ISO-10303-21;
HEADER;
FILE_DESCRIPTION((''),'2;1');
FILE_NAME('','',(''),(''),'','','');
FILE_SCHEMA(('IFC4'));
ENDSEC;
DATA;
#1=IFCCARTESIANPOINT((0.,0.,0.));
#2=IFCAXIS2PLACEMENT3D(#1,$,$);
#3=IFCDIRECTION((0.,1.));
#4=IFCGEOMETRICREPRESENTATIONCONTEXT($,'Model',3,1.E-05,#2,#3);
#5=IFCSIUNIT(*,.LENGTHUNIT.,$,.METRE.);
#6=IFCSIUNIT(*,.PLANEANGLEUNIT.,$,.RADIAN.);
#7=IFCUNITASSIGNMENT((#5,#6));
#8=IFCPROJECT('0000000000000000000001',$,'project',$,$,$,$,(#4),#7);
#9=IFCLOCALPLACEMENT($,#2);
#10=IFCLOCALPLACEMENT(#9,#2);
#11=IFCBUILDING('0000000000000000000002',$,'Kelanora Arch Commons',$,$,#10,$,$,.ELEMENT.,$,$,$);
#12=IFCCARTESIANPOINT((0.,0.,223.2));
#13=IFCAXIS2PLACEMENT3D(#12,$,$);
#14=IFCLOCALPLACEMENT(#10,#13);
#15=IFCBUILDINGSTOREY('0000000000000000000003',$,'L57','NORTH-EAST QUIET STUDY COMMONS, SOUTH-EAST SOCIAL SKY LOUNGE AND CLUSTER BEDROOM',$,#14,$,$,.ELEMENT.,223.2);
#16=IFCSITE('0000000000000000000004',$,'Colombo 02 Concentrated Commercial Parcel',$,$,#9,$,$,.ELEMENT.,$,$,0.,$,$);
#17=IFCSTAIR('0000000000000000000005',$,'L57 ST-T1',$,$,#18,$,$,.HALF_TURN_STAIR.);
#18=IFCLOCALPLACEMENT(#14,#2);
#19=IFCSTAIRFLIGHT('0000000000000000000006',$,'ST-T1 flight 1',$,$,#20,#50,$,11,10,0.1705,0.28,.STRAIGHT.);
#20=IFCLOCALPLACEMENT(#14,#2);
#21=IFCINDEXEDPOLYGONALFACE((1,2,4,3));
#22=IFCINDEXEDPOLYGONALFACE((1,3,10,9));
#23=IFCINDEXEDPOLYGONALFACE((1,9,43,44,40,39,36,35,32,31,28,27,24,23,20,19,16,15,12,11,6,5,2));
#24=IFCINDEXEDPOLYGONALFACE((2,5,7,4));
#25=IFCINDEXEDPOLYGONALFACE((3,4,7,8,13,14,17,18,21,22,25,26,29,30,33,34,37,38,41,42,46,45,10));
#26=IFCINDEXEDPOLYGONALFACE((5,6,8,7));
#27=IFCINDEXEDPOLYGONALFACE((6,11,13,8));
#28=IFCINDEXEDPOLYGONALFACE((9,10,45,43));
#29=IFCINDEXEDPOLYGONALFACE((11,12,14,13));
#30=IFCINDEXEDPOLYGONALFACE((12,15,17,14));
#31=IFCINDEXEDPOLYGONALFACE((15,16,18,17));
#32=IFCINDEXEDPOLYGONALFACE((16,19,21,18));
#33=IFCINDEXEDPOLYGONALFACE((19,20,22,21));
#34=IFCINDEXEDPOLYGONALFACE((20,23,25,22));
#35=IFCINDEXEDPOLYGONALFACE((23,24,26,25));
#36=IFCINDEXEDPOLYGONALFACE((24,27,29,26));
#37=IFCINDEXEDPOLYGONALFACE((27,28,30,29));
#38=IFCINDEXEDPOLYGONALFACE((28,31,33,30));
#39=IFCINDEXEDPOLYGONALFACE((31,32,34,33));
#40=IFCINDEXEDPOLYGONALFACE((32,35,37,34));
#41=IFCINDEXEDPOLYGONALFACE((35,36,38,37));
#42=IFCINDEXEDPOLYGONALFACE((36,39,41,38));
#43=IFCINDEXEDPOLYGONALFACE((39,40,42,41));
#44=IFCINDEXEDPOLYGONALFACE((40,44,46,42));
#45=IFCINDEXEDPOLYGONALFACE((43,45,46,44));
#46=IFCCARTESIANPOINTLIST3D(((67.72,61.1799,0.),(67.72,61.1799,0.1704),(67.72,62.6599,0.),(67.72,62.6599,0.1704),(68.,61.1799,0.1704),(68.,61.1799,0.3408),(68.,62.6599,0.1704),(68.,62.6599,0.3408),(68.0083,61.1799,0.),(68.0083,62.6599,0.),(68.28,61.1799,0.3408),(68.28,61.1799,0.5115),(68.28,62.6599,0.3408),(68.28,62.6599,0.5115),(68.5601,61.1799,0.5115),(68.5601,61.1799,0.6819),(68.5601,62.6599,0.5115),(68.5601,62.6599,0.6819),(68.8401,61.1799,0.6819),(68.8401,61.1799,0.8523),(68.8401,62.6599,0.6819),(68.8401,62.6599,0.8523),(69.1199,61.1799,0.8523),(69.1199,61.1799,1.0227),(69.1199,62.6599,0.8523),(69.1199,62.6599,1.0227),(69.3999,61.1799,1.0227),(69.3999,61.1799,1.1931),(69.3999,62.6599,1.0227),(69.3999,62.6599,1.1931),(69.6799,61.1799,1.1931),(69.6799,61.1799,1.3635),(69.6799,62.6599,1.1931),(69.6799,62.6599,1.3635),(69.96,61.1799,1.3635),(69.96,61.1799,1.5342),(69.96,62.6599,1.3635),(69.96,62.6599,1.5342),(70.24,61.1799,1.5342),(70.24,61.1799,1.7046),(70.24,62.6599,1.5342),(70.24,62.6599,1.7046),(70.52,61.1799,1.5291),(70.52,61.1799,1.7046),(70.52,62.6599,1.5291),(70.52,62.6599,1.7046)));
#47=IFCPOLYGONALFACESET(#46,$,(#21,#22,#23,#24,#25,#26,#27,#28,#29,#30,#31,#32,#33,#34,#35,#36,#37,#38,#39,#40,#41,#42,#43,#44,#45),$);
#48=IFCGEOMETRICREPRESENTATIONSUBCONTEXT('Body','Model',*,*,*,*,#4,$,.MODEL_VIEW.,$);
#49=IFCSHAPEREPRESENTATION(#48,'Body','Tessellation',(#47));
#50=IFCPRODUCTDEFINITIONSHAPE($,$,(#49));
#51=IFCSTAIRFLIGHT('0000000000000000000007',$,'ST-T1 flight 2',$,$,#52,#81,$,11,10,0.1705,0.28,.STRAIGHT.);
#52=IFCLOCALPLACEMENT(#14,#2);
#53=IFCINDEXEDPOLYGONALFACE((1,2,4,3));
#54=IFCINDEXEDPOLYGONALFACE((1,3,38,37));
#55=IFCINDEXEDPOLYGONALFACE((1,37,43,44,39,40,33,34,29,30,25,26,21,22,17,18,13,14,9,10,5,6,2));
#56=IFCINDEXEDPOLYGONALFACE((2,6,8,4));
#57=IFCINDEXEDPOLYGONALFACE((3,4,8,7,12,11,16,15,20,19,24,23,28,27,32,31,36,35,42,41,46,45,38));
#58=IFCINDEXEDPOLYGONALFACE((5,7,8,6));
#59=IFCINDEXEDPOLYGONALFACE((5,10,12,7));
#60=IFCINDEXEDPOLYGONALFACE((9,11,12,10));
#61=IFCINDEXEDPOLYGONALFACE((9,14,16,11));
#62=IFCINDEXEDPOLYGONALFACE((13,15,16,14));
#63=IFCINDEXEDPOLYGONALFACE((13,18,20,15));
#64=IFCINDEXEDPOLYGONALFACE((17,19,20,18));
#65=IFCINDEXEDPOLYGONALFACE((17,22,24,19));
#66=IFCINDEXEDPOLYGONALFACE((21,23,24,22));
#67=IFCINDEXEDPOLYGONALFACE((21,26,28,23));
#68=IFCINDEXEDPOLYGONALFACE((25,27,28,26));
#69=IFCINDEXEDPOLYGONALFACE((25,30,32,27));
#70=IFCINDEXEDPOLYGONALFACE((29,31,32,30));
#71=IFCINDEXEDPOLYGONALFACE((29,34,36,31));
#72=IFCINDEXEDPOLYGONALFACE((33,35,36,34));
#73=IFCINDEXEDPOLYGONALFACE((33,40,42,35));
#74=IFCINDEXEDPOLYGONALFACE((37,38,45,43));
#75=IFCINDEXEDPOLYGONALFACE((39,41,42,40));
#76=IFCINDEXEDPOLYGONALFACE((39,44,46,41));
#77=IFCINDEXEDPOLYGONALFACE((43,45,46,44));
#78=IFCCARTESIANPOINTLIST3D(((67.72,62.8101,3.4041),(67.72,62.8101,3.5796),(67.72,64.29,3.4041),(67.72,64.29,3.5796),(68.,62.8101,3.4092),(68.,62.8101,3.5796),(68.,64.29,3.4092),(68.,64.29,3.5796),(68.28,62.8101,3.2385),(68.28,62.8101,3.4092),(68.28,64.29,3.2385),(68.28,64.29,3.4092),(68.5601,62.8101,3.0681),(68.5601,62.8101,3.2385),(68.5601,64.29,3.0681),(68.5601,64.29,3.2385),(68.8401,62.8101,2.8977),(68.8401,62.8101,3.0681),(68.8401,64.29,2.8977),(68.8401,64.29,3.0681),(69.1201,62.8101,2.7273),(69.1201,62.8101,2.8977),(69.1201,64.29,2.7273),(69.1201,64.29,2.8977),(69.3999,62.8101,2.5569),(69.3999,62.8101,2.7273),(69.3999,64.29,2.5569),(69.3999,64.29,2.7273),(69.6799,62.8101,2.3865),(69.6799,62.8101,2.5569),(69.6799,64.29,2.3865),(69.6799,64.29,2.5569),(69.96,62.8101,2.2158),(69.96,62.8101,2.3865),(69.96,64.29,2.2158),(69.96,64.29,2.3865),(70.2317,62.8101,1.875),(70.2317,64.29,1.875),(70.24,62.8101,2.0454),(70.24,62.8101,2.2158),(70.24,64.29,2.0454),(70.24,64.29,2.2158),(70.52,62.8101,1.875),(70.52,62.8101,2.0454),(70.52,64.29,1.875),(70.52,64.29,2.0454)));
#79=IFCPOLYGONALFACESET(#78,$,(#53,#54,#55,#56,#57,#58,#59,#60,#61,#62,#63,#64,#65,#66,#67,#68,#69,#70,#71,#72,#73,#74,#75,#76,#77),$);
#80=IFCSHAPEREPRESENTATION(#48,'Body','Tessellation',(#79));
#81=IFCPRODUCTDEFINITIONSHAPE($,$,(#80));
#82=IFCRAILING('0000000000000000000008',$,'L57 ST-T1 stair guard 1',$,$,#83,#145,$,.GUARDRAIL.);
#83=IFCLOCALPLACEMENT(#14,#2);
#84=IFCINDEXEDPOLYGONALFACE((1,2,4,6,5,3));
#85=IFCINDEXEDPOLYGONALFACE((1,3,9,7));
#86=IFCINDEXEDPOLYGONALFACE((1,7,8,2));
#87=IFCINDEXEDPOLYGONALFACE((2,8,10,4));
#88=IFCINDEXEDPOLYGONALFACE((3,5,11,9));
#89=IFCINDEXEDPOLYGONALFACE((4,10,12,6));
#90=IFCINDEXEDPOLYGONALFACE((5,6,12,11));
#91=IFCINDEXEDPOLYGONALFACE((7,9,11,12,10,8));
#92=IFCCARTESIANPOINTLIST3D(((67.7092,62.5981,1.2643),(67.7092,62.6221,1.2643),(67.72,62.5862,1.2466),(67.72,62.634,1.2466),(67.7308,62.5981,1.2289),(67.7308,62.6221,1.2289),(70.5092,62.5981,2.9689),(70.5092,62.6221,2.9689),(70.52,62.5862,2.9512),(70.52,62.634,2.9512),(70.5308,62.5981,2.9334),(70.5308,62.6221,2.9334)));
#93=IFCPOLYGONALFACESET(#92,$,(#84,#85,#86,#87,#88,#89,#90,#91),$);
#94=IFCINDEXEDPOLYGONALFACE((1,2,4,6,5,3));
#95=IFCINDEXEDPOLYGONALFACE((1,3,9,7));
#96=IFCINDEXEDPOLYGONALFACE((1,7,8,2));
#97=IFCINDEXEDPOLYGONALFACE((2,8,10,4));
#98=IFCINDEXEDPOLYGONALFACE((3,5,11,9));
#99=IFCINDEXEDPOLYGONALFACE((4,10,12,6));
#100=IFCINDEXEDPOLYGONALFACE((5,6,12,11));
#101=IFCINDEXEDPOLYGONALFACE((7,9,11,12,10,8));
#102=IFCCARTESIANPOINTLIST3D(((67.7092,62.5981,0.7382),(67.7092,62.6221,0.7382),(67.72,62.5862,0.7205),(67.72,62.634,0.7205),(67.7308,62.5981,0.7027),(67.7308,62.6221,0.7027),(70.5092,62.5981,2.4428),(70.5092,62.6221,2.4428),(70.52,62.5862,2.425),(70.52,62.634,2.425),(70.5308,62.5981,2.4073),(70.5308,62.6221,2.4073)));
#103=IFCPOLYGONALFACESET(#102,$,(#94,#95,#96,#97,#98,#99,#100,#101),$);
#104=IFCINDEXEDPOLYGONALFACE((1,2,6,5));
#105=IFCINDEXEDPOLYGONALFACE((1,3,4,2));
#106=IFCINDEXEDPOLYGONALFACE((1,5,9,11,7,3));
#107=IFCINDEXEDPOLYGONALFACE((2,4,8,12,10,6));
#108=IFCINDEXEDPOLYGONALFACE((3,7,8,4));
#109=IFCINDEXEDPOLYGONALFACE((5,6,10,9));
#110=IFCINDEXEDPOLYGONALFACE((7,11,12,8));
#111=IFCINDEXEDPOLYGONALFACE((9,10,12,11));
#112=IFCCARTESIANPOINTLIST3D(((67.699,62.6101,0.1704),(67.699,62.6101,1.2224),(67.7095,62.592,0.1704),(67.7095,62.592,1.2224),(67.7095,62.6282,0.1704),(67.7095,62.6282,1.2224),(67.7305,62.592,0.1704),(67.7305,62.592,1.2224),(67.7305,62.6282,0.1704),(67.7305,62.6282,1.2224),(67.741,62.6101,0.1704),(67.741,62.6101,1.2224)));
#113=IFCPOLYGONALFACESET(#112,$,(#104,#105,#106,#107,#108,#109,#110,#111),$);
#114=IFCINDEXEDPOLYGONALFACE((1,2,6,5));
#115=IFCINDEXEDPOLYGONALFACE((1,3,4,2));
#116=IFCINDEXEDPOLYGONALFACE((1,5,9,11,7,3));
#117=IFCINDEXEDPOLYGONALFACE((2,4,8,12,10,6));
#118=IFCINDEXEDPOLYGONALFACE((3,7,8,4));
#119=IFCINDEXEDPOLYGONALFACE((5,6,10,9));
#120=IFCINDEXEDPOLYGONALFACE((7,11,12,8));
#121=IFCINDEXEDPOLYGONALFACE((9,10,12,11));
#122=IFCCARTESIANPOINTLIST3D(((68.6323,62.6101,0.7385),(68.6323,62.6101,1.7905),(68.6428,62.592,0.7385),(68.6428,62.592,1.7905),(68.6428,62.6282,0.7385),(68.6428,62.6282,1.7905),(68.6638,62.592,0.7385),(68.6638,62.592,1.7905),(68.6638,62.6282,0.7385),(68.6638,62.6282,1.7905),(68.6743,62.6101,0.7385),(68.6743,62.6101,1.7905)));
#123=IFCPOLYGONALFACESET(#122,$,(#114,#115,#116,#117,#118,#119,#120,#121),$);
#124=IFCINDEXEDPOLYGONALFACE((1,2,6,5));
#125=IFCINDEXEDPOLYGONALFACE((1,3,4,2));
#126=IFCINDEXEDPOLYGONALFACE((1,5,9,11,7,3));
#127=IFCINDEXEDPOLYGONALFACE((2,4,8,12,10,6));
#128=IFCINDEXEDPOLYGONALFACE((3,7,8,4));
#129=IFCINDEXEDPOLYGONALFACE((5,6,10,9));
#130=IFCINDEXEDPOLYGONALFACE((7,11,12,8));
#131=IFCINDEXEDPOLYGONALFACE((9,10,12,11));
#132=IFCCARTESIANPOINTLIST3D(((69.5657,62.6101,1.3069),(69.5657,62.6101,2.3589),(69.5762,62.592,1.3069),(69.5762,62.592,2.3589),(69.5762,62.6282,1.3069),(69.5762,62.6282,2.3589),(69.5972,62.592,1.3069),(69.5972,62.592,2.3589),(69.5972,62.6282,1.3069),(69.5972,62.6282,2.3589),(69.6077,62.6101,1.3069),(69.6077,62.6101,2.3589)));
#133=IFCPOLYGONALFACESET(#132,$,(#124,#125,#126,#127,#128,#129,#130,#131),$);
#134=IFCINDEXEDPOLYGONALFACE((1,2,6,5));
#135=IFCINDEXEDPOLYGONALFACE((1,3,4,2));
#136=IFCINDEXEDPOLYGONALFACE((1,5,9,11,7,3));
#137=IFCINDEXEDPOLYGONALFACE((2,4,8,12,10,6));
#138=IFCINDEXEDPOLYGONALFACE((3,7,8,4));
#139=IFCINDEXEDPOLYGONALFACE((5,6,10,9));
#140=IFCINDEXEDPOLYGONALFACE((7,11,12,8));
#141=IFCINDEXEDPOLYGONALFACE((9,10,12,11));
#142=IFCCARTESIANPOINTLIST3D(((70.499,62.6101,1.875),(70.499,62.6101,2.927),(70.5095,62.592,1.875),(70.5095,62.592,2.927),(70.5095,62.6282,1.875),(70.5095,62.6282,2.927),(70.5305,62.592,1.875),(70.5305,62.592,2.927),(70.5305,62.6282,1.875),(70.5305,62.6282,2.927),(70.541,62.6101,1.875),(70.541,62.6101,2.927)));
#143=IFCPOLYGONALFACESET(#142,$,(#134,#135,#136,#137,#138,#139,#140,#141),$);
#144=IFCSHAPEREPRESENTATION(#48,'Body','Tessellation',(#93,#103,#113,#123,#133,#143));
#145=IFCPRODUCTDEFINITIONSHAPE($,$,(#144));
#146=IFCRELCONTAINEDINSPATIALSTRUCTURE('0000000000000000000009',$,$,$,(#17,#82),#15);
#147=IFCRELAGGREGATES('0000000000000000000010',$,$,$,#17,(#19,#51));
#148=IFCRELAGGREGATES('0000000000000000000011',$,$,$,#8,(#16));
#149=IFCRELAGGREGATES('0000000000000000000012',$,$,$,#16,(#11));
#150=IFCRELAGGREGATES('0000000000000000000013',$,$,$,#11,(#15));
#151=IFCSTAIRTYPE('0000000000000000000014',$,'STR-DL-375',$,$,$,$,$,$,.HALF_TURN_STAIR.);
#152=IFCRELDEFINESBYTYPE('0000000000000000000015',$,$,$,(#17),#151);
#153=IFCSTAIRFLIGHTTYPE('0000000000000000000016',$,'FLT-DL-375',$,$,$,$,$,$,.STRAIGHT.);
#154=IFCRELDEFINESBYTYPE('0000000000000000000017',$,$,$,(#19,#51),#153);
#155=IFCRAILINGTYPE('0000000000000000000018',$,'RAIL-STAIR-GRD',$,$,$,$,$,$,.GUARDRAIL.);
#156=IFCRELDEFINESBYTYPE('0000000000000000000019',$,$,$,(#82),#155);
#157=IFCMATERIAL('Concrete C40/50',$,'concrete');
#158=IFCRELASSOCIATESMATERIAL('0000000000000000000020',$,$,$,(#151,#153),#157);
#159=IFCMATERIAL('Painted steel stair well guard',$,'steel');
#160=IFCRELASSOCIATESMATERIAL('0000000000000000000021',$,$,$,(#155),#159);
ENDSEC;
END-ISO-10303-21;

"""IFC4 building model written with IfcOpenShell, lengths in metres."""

from ifc_helpers import new_model, si_unit, direction, frame, origin, place, context, subcontext, project, spatial, polyline, outline, extrude, material, type_object, element, aggregate, save


model = new_model("IFC4")

# Units and contexts
model_context = context("Model", 3, precision=1e-05, world=origin(), true_north=direction((0.0, 1.0)))
body_context = subcontext(model_context, "Body", "Model", "MODEL_VIEW")
ifc_project = project(units=[si_unit("LENGTHUNIT", "METRE"), si_unit("PLANEANGLEUNIT", "RADIAN")], contexts=[model_context])

# Site, building, storey
site_placement = place(None, origin())
site = spatial("IfcSite", under=ifc_project, at=site_placement, Name="Colombo 02 Concentrated Commercial Parcel", CompositionType="ELEMENT", RefElevation=0.0)
building_placement = place(site_placement, origin())
building = spatial("IfcBuilding", under=site, at=building_placement, Name="Kelanora Arch Commons", CompositionType="ELEMENT")
storey_placement = place(building_placement, frame((0.0, 0.0, 223.2)))
storey = spatial("IfcBuildingStorey", under=building, at=storey_placement, Name="L57", Description="NORTH-EAST QUIET STUDY COMMONS, SOUTH-EAST SOCIAL SKY LOUNGE AND CLUSTER BEDROOM", CompositionType="ELEMENT", Elevation=223.2)

# Shared definitions
ifc_material_1 = material(Name="Concrete C40/50", Category="concrete")

# Stair, stair flights
stair_type = type_object("IfcStairType", Name="STR-DL-375", PredefinedType="HALF_TURN_STAIR", material=ifc_material_1)
stair_placement = place(storey_placement, origin())
stair = element("IfcStair", 1, at=stair_placement, inside=storey, type_object=stair_type, Name="L57 ST-T1", PredefinedType="HALF_TURN_STAIR")
stair_flight_type = type_object("IfcStairFlightType", Name="FLT-DL-375", PredefinedType="STRAIGHT", material=ifc_material_1)
stair_flight_1_placement = place(storey_placement, frame((67.72, 61.9199, 0.0), z_axis=(0.0, 0.0, 1.0), x_axis=(1.0, 0.0, 0.0)))
stair_flight_1 = element("IfcStairFlight", 2, at=stair_flight_1_placement, type_object=stair_flight_type, Name="ST-T1 flight 1", NumberOfRisers=11, NumberOfTreads=10, PredefinedType="STRAIGHT", RiserHeight=0.1705, TreadLength=0.28, context=body_context, shape_type="SweptSolid", body=[
    extrude(outline(polyline([(0.0, 0.0), (0.0, 0.1704), (0.28, 0.1704), (0.28, 0.3408), (0.5601, 0.3408), (0.5601, 0.5115), (0.8401, 0.5115), (0.8401, 0.6819), (1.1201, 0.6819), (1.1201, 0.8523), (1.3999, 0.8523), (1.3999, 1.0227), (1.6799, 1.0227), (1.6799, 1.1931), (1.96, 1.1931), (1.96, 1.3635), (2.24, 1.3635), (2.24, 1.5342), (2.52, 1.5342), (2.52, 1.7046), (2.8, 1.7046), (2.8, 1.875), (2.8, 1.5291), (0.2883, 0.0), (0.0, 0.0)])), frame((0.0, 0.74, 0.0), z_axis=(0.0, -1.0, 0.0), x_axis=(1.0, 0.0, 0.0)), (0.0, 0.0, 1.0), 1.48),
])
stair_flight_2_placement = place(storey_placement, frame((70.52, 63.55, 1.875), z_axis=(0.0, 0.0, 1.0), x_axis=(-1.0, 0.0, 0.0)))
stair_flight_2 = element("IfcStairFlight", 3, at=stair_flight_2_placement, type_object=stair_flight_type, Name="ST-T1 flight 2", NumberOfRisers=11, NumberOfTreads=10, PredefinedType="STRAIGHT", RiserHeight=0.1705, TreadLength=0.28, context=body_context, shape_type="SweptSolid", body=[
    extrude(outline(polyline([(0.0, 0.0), (0.0, 0.1704), (0.28, 0.1704), (0.28, 0.3408), (0.5601, 0.3408), (0.5601, 0.5115), (0.8401, 0.5115), (0.8401, 0.6819), (1.1201, 0.6819), (1.1201, 0.8523), (1.3999, 0.8523), (1.3999, 1.0227), (1.6799, 1.0227), (1.6799, 1.1931), (1.96, 1.1931), (1.96, 1.3635), (2.24, 1.3635), (2.24, 1.5342), (2.52, 1.5342), (2.52, 1.7046), (2.8, 1.7046), (2.8, 1.875), (2.8, 1.5291), (0.2883, 0.0), (0.0, 0.0)])), frame((0.0, 0.74, 0.0), z_axis=(0.0, -1.0, 0.0), x_axis=(1.0, 0.0, 0.0)), (0.0, 0.0, 1.0), 1.48),
])
aggregate(stair, [stair_flight_1, stair_flight_2])

# Railing
ifc_material_2 = material(Name="Painted steel stair well guard", Category="steel")
railing_type_1 = type_object("IfcRailingType", Name="RAIL-STAIR-GRD", PredefinedType="GUARDRAIL", material=ifc_material_2)
railing_1_placement = place(storey_placement, frame((67.72, 62.6101, 0.1704)))
element("IfcRailing", 4, at=railing_1_placement, inside=storey, type_object=railing_type_1, Name="L57 ST-T1 stair guard 1", PredefinedType="GUARDRAIL", context=body_context, shape_type="SweptSolid", body=[
    extrude(outline(polyline([(0.0239, 0.0), (0.012, 0.0208), (-0.012, 0.0208), (-0.0239, 0.0), (-0.012, -0.0208), (0.012, -0.0208), (0.0239, 0.0)])), frame((0.0, 0.0, 1.0762), z_axis=(0.85417, 0.0, 0.519994), x_axis=(0.0, 1.0, 0.0)), (0.0, 0.0, 1.0), 3.2781),
    extrude(outline(polyline([(0.0239, 0.0), (0.012, 0.0208), (-0.012, 0.0208), (-0.0239, 0.0), (-0.012, -0.0208), (0.012, -0.0208), (0.0239, 0.0)])), frame((0.0, 0.0, 0.55), z_axis=(0.85417, 0.0, 0.519994), x_axis=(0.0, 1.0, 0.0)), (0.0, 0.0, 1.0), 3.2781),
    extrude(outline(polyline([(0.021, 0.0), (0.0105, 0.0181), (-0.0105, 0.0181), (-0.021, 0.0), (-0.0105, -0.0181), (0.0105, -0.0181), (0.021, 0.0)])), origin(), (0.0, 0.0, 1.0), 1.052),
    extrude(outline(polyline([(0.021, 0.0), (0.0105, 0.0181), (-0.0105, 0.0181), (-0.021, 0.0), (-0.0105, -0.0181), (0.0105, -0.0181), (0.021, 0.0)])), frame((0.9333, 0.0, 0.5681)), (0.0, 0.0, 1.0), 1.052),
    extrude(outline(polyline([(0.021, 0.0), (0.0105, 0.0181), (-0.0105, 0.0181), (-0.021, 0.0), (-0.0105, -0.0181), (0.0105, -0.0181), (0.021, 0.0)])), frame((1.8667, 0.0, 1.1365)), (0.0, 0.0, 1.0), 1.052),
    extrude(outline(polyline([(0.021, 0.0), (0.0105, 0.0181), (-0.0105, 0.0181), (-0.021, 0.0), (-0.0105, -0.0181), (0.0105, -0.0181), (0.021, 0.0)])), frame((2.8, 0.0, 1.7046)), (0.0, 0.0, 1.0), 1.052),
])

save(model, "model.ifc")
